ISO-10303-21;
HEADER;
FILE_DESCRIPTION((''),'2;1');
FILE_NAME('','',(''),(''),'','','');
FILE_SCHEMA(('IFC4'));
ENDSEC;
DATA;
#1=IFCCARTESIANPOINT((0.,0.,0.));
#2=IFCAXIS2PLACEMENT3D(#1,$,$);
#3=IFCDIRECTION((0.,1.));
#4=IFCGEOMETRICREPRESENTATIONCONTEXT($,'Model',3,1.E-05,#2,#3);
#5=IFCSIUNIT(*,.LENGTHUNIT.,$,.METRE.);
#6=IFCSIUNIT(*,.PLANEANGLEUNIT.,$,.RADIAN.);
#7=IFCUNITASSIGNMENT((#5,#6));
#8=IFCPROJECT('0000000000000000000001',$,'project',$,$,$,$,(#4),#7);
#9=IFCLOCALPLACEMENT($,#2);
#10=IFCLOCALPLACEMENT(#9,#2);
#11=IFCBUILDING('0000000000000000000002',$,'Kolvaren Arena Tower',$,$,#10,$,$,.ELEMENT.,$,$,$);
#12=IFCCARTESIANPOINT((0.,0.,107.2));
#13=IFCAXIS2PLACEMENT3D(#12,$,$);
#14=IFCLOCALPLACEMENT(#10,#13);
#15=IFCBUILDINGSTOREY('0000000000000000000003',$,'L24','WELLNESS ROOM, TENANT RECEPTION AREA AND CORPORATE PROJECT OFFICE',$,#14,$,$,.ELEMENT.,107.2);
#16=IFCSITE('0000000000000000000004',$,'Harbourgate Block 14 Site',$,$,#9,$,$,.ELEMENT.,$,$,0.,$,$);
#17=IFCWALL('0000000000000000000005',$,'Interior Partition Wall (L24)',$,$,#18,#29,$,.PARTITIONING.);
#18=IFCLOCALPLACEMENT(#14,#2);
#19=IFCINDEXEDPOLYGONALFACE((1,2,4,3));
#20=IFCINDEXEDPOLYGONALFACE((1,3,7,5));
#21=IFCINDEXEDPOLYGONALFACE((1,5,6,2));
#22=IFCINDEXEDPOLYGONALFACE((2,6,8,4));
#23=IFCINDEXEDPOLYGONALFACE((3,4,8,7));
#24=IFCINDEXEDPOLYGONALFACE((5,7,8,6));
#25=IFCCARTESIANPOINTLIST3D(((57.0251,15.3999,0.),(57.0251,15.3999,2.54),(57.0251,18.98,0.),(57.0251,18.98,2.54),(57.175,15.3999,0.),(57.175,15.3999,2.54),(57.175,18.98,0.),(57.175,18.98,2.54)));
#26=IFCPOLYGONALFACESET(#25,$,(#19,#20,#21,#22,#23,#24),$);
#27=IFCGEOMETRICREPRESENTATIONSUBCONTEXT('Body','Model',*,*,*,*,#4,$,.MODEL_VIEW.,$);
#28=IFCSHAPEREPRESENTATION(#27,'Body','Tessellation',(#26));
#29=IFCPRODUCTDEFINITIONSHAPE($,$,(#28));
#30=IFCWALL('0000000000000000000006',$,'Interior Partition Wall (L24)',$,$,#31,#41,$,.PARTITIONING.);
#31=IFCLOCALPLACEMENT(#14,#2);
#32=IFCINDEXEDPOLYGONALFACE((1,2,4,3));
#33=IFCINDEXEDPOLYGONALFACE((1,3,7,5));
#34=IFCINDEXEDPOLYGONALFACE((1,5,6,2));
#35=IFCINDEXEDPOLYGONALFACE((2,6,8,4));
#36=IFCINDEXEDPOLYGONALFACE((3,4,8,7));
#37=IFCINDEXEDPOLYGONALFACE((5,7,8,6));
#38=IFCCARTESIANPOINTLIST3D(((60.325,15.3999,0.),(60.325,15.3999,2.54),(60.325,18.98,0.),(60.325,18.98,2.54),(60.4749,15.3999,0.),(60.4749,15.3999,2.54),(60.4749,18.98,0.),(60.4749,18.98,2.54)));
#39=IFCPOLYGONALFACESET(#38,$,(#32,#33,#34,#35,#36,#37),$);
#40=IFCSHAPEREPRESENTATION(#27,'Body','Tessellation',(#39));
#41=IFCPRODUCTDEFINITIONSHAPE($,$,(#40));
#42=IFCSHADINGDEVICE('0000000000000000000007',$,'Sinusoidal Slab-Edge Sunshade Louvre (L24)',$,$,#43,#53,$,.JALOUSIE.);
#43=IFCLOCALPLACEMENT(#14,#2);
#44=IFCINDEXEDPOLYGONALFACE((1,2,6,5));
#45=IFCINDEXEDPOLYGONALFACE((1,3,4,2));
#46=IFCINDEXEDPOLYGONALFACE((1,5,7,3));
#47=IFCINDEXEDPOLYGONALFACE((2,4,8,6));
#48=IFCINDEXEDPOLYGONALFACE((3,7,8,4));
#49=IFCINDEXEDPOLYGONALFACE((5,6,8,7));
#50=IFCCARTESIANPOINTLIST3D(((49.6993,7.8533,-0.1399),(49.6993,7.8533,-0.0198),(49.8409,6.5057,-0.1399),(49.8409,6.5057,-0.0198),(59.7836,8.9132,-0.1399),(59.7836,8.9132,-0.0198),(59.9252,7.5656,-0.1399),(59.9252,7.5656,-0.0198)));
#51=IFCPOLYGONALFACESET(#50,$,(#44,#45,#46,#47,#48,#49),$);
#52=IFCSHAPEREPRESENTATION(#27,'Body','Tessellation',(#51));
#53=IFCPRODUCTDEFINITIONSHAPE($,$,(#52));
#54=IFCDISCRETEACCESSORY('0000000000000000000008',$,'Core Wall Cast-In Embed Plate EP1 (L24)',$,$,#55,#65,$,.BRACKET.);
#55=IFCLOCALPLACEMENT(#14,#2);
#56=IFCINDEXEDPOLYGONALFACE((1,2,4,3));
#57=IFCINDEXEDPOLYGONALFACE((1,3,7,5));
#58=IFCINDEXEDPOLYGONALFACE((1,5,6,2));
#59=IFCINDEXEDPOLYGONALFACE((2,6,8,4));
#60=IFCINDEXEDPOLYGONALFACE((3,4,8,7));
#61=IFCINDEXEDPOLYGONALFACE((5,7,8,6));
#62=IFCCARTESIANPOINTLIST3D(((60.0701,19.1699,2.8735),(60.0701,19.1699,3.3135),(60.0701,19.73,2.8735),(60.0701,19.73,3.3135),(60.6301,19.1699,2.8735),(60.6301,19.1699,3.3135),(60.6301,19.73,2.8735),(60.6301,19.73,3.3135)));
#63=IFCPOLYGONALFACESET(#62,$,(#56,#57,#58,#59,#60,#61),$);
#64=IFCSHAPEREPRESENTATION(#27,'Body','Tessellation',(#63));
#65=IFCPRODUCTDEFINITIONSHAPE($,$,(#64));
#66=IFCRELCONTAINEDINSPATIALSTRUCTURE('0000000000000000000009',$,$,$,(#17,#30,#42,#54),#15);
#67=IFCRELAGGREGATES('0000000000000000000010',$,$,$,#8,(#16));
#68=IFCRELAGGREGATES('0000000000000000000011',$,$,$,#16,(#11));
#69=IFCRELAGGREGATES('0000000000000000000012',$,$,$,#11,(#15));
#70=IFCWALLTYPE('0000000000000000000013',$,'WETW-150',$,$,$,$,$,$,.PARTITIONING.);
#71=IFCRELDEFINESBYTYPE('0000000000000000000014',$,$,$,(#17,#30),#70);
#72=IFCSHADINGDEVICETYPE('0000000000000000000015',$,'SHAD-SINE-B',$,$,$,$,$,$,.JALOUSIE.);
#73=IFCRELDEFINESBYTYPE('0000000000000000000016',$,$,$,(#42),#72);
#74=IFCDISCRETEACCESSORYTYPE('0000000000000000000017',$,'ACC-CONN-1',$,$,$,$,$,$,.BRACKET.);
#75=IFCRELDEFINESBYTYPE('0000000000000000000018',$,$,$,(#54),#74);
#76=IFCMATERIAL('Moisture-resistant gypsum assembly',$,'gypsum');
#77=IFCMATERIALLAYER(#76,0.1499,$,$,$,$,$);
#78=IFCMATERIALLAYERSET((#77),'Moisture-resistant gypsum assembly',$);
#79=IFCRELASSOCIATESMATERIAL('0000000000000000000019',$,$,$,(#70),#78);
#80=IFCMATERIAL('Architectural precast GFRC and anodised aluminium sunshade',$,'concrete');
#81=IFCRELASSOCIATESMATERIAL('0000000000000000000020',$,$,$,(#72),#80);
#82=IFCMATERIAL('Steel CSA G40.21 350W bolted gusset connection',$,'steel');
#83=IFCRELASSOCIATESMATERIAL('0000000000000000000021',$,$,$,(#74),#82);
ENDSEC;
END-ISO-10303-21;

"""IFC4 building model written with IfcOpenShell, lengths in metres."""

from ifc_helpers import new_model, si_unit, direction, frame, frame_2d, origin, origin_2d, place, context, subcontext, project, spatial, rectangle, extrude, material, layer, layer_set, type_object, element, save


model = new_model("IFC4")

# Units and contexts
model_context = context("Model", 3, precision=1e-05, world=origin(), true_north=direction((0.0, 1.0)))
body_context = subcontext(model_context, "Body", "Model", "MODEL_VIEW")
ifc_project = project(units=[si_unit("LENGTHUNIT", "METRE"), si_unit("PLANEANGLEUNIT", "RADIAN")], contexts=[model_context])

# Site, building, storey
site_placement = place(None, origin())
site = spatial("IfcSite", under=ifc_project, at=site_placement, Name="Harbourgate Block 14 Site", CompositionType="ELEMENT", RefElevation=0.0)
building_placement = place(site_placement, origin())
building = spatial("IfcBuilding", under=site, at=building_placement, Name="Kolvaren Arena Tower", CompositionType="ELEMENT")
storey_placement = place(building_placement, frame((0.0, 0.0, 107.2)))
storey = spatial("IfcBuildingStorey", under=building, at=storey_placement, Name="L24", Description="WELLNESS ROOM, TENANT RECEPTION AREA AND CORPORATE PROJECT OFFICE", CompositionType="ELEMENT", Elevation=107.2)

# Walls
ifc_material_1 = material(Name="Moisture-resistant gypsum assembly", Category="gypsum")
ifc_layer_1 = layer(ifc_material_1, 0.1499)
ifc_layer_set_1 = layer_set([ifc_layer_1], Name="Moisture-resistant gypsum assembly")
wall_type_1 = type_object("IfcWallType", Name="WETW-150", PredefinedType="PARTITIONING", material=ifc_layer_set_1)
for number, where, z_axis, x_axis, name in (
    (1, (57.1001, 15.3999, 0.0), (0.0, 0.0, 1.0), (0.0, 1.0, 0.0), "Interior Partition Wall (L24)"),
    (2, (60.3999, 15.3999, 0.0), (0.0, 0.0, 1.0), (0.0, 1.0, 0.0), "Interior Partition Wall (L24)"),
):
    element("IfcWall", number, at=place(storey_placement, frame(where, z_axis=z_axis, x_axis=x_axis)), inside=storey, type_object=wall_type_1, Name=name, PredefinedType="PARTITIONING", context=body_context, shape_type="SweptSolid", body=[
        extrude(rectangle(XDim=3.5801, YDim=0.1499, at=frame_2d((1.79, 0.0))), origin(), (0.0, 0.0, 1.0), 2.54),
    ])

# Shading device
ifc_material_2 = material(Name="Architectural precast GFRC and anodised aluminium sunshade", Category="concrete")
shading_device_type = type_object("IfcShadingDeviceType", Name="SHAD-SINE-B", PredefinedType="JALOUSIE", material=ifc_material_2)
shading_device_placement = place(storey_placement, frame((54.8123, 7.7095, -0.1399), z_axis=(0.0, 0.0, 1.0), x_axis=(-0.994522, -0.104527, 0.0)))
element("IfcShadingDevice", 3, at=shading_device_placement, inside=storey, type_object=shading_device_type, Name="Sinusoidal Slab-Edge Sunshade Louvre (L24)", PredefinedType="JALOUSIE", context=body_context, shape_type="SweptSolid", body=[
    extrude(rectangle(XDim=10.1399, YDim=1.355, at=origin_2d()), origin(), (0.0, 0.0, 1.0), 0.1201),
])

# Discrete accessory
ifc_material_3 = material(Name="Steel CSA G40.21 350W bolted gusset connection", Category="steel")
discrete_accessory_type = type_object("IfcDiscreteAccessoryType", Name="ACC-CONN-1", PredefinedType="BRACKET", material=ifc_material_3)
discrete_accessory_placement = place(storey_placement, frame((60.3501, 19.45, 2.8735), z_axis=(0.0, 0.0, 1.0), x_axis=(1.0, 0.0, 0.0)))
element("IfcDiscreteAccessory", 4, at=discrete_accessory_placement, inside=storey, type_object=discrete_accessory_type, Name="Core Wall Cast-In Embed Plate EP1 (L24)", PredefinedType="BRACKET", context=body_context, shape_type="SweptSolid", body=[
    extrude(rectangle(XDim=0.5601, YDim=0.5601, at=origin_2d()), origin(), (0.0, 0.0, 1.0), 0.4399),
])

save(model, "model.ifc")
